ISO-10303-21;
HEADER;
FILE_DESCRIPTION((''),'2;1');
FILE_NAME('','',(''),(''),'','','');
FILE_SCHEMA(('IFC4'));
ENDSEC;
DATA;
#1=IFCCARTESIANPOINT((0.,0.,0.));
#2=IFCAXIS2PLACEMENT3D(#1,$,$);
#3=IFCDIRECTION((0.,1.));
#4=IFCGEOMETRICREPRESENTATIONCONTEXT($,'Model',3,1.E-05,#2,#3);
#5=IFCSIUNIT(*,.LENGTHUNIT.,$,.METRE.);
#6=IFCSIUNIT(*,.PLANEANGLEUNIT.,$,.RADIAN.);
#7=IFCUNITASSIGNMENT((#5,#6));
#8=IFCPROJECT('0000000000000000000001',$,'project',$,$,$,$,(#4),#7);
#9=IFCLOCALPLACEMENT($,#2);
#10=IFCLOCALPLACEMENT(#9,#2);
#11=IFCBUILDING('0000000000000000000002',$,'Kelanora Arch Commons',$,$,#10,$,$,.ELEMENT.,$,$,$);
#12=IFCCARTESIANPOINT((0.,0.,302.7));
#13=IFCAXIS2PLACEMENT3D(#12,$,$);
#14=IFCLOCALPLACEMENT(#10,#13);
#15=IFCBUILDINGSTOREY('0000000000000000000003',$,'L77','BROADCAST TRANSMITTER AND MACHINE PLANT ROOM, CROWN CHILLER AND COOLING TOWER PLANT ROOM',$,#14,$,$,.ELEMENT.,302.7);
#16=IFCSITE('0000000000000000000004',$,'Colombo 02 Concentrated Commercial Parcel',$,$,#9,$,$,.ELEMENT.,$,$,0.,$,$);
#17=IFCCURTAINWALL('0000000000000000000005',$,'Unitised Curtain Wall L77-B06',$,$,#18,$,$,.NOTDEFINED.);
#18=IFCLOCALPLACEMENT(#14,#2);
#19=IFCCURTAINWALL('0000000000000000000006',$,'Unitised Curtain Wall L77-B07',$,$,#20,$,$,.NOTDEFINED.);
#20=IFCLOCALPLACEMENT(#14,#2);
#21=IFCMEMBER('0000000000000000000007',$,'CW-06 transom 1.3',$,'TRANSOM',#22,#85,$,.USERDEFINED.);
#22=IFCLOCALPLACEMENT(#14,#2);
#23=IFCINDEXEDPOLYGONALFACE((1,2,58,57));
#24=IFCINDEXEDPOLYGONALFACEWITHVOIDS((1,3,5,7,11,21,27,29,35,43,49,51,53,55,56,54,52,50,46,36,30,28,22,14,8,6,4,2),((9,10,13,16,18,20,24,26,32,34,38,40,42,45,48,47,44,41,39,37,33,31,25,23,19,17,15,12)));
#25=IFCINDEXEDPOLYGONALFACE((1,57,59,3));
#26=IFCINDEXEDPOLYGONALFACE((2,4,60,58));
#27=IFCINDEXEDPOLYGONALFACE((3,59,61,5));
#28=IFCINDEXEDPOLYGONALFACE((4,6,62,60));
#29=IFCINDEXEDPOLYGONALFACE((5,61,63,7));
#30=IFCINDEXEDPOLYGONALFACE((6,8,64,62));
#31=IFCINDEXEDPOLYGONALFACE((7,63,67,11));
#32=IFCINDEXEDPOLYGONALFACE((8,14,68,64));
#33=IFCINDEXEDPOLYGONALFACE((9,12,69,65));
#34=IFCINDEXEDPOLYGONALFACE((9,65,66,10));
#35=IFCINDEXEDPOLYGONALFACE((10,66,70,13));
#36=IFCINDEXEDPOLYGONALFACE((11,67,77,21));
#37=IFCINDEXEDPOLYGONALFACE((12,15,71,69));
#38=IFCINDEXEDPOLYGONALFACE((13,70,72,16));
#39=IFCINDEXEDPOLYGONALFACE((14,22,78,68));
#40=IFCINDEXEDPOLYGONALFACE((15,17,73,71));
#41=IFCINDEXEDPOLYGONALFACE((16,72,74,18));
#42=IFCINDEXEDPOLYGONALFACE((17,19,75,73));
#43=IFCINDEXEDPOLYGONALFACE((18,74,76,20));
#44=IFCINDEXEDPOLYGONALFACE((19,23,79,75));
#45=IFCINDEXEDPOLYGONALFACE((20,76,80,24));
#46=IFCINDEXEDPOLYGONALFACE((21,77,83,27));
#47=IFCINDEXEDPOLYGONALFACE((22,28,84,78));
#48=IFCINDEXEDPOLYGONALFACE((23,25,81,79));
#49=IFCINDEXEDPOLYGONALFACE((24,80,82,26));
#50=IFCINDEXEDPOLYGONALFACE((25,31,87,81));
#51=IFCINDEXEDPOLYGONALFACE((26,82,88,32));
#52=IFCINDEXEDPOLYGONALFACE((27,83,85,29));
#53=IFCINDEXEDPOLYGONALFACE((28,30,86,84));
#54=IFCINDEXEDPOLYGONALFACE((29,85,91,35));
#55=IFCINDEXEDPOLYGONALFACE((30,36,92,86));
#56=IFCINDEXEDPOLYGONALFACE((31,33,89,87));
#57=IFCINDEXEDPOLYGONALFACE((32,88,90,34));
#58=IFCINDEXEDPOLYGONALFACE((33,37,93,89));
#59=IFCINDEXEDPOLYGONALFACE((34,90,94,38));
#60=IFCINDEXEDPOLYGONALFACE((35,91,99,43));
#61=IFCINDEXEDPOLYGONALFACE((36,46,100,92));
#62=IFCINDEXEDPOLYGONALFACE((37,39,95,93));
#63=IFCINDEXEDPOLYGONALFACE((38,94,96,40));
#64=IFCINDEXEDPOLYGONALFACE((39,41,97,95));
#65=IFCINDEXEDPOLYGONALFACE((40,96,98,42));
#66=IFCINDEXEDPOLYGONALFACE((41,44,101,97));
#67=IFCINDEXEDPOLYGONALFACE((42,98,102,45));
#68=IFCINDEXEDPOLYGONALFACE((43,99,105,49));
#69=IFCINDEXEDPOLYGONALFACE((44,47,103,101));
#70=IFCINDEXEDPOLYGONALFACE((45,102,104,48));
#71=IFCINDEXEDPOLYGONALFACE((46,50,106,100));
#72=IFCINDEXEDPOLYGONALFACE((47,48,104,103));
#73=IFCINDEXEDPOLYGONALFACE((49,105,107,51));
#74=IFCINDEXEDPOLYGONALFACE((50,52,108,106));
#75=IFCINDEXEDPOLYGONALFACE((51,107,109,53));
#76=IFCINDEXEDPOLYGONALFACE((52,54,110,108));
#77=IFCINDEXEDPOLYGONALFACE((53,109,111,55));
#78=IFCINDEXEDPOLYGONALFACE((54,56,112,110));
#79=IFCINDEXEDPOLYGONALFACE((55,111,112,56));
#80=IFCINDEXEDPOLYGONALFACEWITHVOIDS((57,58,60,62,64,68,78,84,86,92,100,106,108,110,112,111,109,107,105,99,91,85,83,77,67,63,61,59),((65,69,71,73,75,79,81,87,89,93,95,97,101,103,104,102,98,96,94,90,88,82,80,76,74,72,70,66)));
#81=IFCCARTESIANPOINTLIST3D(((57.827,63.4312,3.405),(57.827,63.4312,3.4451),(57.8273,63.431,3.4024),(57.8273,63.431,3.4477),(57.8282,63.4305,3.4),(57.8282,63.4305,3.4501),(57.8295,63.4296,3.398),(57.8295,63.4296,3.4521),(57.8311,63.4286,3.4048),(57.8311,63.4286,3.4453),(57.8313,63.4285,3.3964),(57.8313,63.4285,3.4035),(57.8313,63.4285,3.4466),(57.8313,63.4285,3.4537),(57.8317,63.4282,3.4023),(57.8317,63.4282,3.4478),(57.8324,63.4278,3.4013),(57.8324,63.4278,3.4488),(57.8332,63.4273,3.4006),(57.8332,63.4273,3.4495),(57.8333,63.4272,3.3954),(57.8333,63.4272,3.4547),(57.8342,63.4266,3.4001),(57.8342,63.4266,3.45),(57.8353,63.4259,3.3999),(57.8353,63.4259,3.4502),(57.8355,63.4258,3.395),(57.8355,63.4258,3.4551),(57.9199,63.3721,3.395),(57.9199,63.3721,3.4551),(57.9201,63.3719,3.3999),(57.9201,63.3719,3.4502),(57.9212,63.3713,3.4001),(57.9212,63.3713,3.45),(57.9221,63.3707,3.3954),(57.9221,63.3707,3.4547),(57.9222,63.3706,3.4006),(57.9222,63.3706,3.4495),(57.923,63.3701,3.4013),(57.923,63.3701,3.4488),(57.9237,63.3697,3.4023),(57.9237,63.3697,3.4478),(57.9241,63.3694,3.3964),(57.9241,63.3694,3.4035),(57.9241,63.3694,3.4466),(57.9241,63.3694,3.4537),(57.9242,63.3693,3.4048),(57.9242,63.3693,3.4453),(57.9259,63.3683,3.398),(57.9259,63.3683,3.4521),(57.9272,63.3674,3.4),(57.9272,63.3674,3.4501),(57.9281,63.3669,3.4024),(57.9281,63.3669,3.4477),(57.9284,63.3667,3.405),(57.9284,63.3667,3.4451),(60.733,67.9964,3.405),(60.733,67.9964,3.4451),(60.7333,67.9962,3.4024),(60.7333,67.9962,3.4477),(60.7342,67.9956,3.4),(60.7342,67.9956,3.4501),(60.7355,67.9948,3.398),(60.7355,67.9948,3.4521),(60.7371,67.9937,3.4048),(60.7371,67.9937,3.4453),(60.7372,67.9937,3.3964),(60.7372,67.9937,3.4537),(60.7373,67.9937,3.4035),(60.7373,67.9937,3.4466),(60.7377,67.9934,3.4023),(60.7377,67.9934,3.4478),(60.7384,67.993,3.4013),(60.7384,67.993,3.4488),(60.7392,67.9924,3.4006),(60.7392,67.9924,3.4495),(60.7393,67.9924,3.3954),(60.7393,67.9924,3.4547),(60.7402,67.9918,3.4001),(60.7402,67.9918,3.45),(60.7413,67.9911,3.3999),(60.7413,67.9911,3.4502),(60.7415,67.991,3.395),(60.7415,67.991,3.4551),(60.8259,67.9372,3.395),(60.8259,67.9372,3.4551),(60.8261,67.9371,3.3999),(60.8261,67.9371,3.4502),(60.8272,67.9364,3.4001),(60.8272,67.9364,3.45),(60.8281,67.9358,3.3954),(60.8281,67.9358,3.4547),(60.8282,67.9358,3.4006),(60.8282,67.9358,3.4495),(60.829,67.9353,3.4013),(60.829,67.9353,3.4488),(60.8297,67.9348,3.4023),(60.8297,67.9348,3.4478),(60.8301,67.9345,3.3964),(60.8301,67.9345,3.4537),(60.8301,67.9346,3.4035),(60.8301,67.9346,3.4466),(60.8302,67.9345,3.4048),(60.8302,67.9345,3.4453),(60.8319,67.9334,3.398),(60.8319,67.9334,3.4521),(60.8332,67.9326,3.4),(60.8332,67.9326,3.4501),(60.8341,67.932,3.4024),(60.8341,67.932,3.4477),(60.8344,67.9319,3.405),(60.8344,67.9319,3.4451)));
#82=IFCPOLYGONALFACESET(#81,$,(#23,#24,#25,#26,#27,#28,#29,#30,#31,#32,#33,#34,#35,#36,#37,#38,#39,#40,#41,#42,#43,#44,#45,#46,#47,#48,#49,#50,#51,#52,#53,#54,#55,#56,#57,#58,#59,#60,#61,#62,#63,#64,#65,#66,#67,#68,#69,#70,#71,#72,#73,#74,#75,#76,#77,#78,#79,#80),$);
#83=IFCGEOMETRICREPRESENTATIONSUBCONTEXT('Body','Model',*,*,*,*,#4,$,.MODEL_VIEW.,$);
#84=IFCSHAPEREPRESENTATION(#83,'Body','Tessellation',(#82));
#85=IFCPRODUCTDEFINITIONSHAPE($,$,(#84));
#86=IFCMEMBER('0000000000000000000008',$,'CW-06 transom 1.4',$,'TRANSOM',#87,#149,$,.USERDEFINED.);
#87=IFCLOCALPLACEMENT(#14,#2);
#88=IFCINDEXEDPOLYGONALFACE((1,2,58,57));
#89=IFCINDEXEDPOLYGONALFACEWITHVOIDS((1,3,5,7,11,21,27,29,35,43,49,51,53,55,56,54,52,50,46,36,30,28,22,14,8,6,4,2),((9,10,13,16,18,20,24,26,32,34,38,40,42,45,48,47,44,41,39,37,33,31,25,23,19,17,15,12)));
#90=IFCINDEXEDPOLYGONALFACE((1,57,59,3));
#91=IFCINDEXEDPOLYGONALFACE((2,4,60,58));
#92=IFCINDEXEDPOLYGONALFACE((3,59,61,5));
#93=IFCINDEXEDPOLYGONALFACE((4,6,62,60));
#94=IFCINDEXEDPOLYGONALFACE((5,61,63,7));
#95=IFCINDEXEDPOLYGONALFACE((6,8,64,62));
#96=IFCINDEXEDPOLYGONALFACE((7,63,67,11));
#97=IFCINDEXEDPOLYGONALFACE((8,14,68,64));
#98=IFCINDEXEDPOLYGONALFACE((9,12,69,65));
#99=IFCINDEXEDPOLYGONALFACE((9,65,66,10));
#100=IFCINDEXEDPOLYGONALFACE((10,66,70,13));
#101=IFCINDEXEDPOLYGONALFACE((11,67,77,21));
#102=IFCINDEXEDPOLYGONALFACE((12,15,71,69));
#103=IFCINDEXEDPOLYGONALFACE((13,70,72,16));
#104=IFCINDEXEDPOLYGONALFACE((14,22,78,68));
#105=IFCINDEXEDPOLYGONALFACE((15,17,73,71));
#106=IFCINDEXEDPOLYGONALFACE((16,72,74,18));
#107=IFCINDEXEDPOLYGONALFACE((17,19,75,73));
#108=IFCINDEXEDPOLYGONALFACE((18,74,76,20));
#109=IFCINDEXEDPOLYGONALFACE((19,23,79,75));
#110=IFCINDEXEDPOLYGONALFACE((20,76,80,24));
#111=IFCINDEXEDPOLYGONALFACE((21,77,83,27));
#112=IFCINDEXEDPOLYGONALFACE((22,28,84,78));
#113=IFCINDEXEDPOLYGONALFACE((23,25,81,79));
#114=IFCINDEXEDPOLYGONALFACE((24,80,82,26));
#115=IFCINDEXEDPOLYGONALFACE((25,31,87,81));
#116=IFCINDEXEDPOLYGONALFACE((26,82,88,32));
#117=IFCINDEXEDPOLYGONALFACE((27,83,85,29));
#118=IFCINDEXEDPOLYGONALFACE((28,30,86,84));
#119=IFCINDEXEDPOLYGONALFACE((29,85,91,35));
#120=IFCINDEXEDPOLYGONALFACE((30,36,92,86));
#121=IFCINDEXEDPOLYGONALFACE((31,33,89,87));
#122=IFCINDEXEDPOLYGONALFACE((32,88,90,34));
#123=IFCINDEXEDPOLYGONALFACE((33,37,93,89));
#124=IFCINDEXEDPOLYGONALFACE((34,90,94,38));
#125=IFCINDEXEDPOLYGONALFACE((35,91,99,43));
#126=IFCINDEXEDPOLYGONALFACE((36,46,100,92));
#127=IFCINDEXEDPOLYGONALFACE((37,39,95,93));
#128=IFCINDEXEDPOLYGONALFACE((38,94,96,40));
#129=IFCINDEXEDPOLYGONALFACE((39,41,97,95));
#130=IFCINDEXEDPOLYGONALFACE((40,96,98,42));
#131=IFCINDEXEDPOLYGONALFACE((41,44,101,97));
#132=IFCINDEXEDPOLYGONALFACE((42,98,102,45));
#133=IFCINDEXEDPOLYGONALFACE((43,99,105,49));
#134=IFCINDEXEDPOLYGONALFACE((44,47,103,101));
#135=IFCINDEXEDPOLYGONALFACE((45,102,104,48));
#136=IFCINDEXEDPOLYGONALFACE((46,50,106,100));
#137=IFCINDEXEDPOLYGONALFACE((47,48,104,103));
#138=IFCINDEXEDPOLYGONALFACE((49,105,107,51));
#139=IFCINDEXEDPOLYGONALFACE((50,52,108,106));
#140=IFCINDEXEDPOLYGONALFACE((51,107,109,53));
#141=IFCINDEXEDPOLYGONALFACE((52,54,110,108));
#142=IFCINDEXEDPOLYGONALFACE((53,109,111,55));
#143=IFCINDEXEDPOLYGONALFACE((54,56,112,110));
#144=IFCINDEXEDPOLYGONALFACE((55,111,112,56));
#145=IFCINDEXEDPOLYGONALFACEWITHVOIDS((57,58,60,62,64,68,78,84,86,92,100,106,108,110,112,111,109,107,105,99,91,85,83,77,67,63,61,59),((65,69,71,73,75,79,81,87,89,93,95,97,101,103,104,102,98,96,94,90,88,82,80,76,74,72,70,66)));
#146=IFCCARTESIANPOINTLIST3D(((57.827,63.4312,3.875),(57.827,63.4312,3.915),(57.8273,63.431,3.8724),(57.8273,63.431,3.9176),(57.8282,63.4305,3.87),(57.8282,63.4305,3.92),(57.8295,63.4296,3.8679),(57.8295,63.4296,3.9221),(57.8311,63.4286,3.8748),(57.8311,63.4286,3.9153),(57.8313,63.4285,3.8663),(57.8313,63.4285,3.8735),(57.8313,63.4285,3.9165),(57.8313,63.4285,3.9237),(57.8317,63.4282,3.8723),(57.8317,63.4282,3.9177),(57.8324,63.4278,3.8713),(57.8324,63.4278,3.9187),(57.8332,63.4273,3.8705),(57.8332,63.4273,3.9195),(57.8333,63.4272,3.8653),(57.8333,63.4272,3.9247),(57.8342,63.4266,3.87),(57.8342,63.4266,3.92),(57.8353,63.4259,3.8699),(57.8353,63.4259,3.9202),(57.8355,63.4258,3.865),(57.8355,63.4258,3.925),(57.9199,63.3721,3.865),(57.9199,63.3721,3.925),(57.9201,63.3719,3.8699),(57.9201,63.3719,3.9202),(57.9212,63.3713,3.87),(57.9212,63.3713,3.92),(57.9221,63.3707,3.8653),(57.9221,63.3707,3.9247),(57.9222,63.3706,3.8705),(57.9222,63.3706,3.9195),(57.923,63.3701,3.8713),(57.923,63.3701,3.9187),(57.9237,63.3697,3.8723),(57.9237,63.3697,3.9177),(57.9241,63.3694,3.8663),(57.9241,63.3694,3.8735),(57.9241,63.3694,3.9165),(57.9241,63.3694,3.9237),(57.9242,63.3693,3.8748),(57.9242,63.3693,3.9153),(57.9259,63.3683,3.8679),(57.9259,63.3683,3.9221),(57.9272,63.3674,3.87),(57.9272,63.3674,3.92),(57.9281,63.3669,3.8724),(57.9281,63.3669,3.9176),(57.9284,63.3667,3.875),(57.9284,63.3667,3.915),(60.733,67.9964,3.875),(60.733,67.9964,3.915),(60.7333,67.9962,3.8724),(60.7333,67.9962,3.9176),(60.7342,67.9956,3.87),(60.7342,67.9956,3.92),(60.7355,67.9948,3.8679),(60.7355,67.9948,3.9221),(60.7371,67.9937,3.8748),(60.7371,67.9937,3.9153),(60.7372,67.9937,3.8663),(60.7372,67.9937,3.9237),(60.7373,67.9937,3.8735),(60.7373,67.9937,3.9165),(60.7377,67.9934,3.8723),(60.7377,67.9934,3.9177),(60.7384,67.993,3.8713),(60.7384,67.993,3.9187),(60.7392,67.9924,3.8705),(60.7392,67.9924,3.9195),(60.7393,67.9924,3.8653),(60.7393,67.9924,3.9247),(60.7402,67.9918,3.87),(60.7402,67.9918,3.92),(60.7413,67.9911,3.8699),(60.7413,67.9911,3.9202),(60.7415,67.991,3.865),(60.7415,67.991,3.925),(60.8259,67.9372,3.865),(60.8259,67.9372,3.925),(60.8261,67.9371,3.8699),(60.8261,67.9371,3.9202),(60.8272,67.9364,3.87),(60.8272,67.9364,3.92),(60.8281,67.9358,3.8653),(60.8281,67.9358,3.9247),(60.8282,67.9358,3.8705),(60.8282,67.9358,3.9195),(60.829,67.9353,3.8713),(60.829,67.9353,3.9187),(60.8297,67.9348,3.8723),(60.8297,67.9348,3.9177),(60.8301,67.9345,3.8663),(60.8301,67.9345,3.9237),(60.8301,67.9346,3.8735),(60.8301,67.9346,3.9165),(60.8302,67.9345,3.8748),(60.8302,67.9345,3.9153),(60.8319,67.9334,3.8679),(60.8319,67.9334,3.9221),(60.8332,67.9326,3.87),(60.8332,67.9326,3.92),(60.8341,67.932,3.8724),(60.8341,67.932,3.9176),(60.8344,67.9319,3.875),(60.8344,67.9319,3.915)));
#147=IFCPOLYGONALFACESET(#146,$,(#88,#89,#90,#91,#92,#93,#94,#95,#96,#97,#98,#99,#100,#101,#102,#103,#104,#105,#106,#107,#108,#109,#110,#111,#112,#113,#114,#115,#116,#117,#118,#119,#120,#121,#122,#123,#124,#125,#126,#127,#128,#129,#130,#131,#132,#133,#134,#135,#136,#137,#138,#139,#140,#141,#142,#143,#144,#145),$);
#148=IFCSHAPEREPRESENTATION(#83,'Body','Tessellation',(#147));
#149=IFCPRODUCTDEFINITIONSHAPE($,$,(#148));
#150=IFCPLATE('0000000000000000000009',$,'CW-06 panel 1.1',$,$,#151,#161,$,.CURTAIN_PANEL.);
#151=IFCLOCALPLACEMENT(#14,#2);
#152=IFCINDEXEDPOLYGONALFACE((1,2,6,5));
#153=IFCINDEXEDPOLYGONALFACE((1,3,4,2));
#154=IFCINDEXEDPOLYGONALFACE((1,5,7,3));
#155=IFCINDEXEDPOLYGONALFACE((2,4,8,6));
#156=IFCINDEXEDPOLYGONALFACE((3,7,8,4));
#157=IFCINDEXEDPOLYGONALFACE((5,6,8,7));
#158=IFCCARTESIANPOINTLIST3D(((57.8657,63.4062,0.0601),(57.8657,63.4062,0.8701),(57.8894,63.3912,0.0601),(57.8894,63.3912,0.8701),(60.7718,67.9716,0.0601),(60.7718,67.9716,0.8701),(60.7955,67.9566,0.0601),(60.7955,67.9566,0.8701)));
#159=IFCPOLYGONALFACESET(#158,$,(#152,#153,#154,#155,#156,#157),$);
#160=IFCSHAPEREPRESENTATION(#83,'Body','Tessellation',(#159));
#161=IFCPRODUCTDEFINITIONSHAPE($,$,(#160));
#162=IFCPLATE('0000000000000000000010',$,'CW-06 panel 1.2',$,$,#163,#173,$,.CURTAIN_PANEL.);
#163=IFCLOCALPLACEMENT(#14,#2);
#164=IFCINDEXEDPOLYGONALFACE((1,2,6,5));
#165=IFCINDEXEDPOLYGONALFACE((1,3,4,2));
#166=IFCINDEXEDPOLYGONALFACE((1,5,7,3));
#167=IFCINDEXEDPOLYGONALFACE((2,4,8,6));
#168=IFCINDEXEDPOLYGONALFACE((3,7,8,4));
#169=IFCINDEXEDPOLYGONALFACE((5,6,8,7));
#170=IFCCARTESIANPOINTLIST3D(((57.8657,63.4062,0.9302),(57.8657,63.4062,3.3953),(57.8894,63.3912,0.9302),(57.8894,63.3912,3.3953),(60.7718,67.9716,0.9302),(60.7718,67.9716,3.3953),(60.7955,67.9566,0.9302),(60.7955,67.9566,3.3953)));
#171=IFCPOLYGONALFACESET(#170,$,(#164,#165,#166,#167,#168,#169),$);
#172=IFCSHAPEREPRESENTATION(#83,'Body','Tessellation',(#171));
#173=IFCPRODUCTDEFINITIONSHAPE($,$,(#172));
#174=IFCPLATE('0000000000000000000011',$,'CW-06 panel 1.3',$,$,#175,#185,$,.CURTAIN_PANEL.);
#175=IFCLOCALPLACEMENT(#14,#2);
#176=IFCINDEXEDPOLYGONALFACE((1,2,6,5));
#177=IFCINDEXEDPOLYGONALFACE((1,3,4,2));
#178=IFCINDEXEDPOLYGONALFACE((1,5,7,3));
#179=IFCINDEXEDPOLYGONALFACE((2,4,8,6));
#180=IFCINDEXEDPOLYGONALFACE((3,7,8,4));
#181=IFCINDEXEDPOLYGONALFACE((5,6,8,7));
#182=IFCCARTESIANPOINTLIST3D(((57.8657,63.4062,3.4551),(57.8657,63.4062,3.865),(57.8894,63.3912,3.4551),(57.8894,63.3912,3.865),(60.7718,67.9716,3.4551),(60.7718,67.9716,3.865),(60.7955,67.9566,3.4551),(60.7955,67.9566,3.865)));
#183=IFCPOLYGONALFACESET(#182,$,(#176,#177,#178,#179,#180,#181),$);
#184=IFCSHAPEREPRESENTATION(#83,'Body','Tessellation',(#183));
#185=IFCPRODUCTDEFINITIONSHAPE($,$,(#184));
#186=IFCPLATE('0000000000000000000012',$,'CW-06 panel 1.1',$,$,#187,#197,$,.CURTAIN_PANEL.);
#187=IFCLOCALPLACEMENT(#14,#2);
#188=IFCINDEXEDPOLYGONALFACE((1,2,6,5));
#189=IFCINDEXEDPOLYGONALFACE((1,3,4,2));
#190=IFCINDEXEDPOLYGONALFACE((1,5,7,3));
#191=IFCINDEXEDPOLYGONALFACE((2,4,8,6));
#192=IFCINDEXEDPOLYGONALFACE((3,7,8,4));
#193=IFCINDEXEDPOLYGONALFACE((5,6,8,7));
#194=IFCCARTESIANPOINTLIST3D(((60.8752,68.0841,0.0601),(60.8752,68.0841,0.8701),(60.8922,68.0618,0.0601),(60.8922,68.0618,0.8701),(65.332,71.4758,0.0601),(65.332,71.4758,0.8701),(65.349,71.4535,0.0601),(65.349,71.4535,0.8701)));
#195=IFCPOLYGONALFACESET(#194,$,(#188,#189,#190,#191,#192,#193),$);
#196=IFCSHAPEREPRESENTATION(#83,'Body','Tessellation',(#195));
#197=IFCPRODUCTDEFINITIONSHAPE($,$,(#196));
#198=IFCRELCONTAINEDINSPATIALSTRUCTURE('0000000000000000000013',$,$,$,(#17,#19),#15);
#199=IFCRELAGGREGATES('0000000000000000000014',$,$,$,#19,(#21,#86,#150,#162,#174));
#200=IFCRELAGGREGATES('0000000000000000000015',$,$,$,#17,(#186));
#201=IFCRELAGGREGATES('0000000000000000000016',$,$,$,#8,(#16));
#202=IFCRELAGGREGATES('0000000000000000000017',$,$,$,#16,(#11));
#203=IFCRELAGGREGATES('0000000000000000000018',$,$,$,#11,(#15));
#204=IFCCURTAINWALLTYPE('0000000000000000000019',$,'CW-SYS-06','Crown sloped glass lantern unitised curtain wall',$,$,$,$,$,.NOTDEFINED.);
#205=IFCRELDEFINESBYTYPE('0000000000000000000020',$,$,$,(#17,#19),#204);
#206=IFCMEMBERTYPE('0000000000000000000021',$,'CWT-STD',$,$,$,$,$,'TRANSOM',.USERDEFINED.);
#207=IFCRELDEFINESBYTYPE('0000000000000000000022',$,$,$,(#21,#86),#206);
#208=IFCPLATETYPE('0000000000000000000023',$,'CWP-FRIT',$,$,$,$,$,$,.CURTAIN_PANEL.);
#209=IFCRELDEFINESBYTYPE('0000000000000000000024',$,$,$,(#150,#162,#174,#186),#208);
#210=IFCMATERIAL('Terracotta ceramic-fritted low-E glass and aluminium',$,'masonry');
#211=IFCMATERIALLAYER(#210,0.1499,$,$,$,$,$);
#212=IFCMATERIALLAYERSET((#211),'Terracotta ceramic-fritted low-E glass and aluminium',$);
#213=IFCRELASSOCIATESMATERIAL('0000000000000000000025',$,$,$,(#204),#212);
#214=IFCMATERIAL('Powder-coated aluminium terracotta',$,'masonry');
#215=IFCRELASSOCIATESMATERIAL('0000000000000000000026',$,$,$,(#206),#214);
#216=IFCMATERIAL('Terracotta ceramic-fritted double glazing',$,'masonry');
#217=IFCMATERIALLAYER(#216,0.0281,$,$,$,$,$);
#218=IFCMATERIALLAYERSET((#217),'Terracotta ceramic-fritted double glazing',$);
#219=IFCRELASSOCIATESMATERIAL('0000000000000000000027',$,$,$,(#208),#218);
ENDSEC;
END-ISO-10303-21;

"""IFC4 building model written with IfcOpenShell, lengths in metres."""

from ifc_helpers import new_model, si_unit, direction, frame, origin, origin_2d, place, context, subcontext, project, spatial, rectangle, hollow_rectangle, extrude, source, transform, mapped, material, layer, layer_set, material_profile, profile_set, type_object, element, aggregate, save


model = new_model("IFC4")

# Units and contexts
model_context = context("Model", 3, precision=1e-05, world=origin(), true_north=direction((0.0, 1.0)))
body_context = subcontext(model_context, "Body", "Model", "MODEL_VIEW")
ifc_project = project(units=[si_unit("LENGTHUNIT", "METRE"), si_unit("PLANEANGLEUNIT", "RADIAN")], contexts=[model_context])

# Site, building, storey
site_placement = place(None, origin())
site = spatial("IfcSite", under=ifc_project, at=site_placement, Name="Colombo 02 Concentrated Commercial Parcel", CompositionType="ELEMENT", RefElevation=0.0)
building_placement = place(site_placement, origin())
building = spatial("IfcBuilding", under=site, at=building_placement, Name="Kelanora Arch Commons", CompositionType="ELEMENT")
storey_placement = place(building_placement, frame((0.0, 0.0, 302.7)))
storey = spatial("IfcBuildingStorey", under=building, at=storey_placement, Name="L77", Description="BROADCAST TRANSMITTER AND MACHINE PLANT ROOM, CROWN CHILLER AND COOLING TOWER PLANT ROOM", CompositionType="ELEMENT", Elevation=302.7)

# Shared definitions
ifc_material_1 = material(Name="Terracotta ceramic-fritted low-E glass and aluminium", Category="masonry")
ifc_layer_1 = layer(ifc_material_1, 0.1499)
ifc_layer_set_1 = layer_set([ifc_layer_1], Name="Terracotta ceramic-fritted low-E glass and aluminium")
curtain_wall_type = type_object("IfcCurtainWallType", Name="CW-SYS-06", Description="Crown sloped glass lantern unitised curtain wall", PredefinedType="NOTDEFINED", material=ifc_layer_set_1)
ifc_material_2 = material(Name="Powder-coated aluminium terracotta", Category="masonry")

# Curtain wall
curtain_wall_1_placement = place(storey_placement, origin())
curtain_wall_1 = element("IfcCurtainWall", 1, at=curtain_wall_1_placement, inside=storey, type_object=curtain_wall_type, Name="Unitised Curtain Wall L77-B06", PredefinedType="NOTDEFINED")

# Curtain wall
curtain_wall_2_placement = place(storey_placement, origin())
curtain_wall_2 = element("IfcCurtainWall", 2, at=curtain_wall_2_placement, inside=storey, type_object=curtain_wall_type, Name="Unitised Curtain Wall L77-B07", PredefinedType="NOTDEFINED")

# Members
ifc_material_profile_1 = material_profile(ifc_material_2, hollow_rectangle(XDim=0.1201, YDim=0.0601, WallThickness=0.0049, InnerFilletRadius=0.0049, OuterFilletRadius=0.01, at=origin_2d()), Name="CWT120x60")
ifc_profile_set_1 = profile_set([ifc_material_profile_1], Name="Powder-coated aluminium terracotta")
member_type_1 = type_object("IfcMemberType", Name="CWT-STD", ElementType="TRANSOM", PredefinedType="USERDEFINED", material=ifc_profile_set_1)
member_1_placement = place(storey_placement, frame((60.7837, 67.9641, 3.425), z_axis=(-0.536992, -0.843587, 0.0), x_axis=(0.843587, -0.536992, 0.0)))
member_1 = element("IfcMember", 3, at=member_1_placement, type_object=member_type_1, Name="CW-06 transom 1.3", ObjectType="TRANSOM", PredefinedType="USERDEFINED", context=body_context, shape_type="SweptSolid", body=[
    extrude(hollow_rectangle(XDim=0.1201, YDim=0.0601, WallThickness=0.0049, InnerFilletRadius=0.0049, OuterFilletRadius=0.01, at=origin_2d()), origin(), (0.0, 0.0, 1.0), 5.4116),
])
member_2_placement = place(storey_placement, frame((60.7837, 67.9641, 3.895), z_axis=(-0.536992, -0.843587, 0.0), x_axis=(0.843587, -0.536992, 0.0)))
member_2 = element("IfcMember", 4, at=member_2_placement, type_object=member_type_1, Name="CW-06 transom 1.4", ObjectType="TRANSOM", PredefinedType="USERDEFINED", context=body_context, shape_type="SweptSolid", body=[
    extrude(hollow_rectangle(XDim=0.1201, YDim=0.0601, WallThickness=0.0049, InnerFilletRadius=0.0049, OuterFilletRadius=0.01, at=origin_2d()), origin(), (0.0, 0.0, 1.0), 5.4116),
])

# Plates
ifc_material_3 = material(Name="Terracotta ceramic-fritted double glazing", Category="masonry")
ifc_layer_2 = layer(ifc_material_3, 0.0281)
ifc_layer_set_2 = layer_set([ifc_layer_2], Name="Terracotta ceramic-fritted double glazing")
plate_type = type_object("IfcPlateType", Name="CWP-FRIT", PredefinedType="CURTAIN_PANEL", material=ifc_layer_set_2)
shared_shape_1 = source(origin(), body_context, "Body", "SweptSolid", [
    extrude(rectangle(XDim=5.4119, YDim=0.0281, at=origin_2d()), origin(), (0.0, 0.0, 1.0), 0.8101),
])
plate_1_placement = place(storey_placement, frame((59.3306, 65.6814, 0.0601), z_axis=(0.0, 0.0, 1.0), x_axis=(-0.536984, -0.843592, 0.0)))
plate_1 = element("IfcPlate", 5, at=plate_1_placement, type_object=plate_type, Name="CW-06 panel 1.1", PredefinedType="CURTAIN_PANEL", context=body_context, shape_type="MappedRepresentation", body=[
    mapped(shared_shape_1, transform((0.0, 0.0, 0.0), scale=1.0)),
])
shared_shape_2 = source(origin(), body_context, "Body", "SweptSolid", [
    extrude(rectangle(XDim=5.4119, YDim=0.0281, at=origin_2d()), origin(), (0.0, 0.0, 1.0), 2.4651),
])
plate_2_placement = place(storey_placement, frame((59.3306, 65.6814, 0.9302), z_axis=(0.0, 0.0, 1.0), x_axis=(-0.536984, -0.843592, 0.0)))
plate_2 = element("IfcPlate", 6, at=plate_2_placement, type_object=plate_type, Name="CW-06 panel 1.2", PredefinedType="CURTAIN_PANEL", context=body_context, shape_type="MappedRepresentation", body=[
    mapped(shared_shape_2, transform((0.0, 0.0, 0.0), scale=1.0)),
])
shared_shape_3 = source(origin(), body_context, "Body", "SweptSolid", [
    extrude(rectangle(XDim=5.4119, YDim=0.0281, at=origin_2d()), origin(), (0.0, 0.0, 1.0), 0.4099),
])
plate_3_placement = place(storey_placement, frame((59.3306, 65.6814, 3.4551), z_axis=(0.0, 0.0, 1.0), x_axis=(-0.536984, -0.843592, 0.0)))
plate_3 = element("IfcPlate", 7, at=plate_3_placement, type_object=plate_type, Name="CW-06 panel 1.3", PredefinedType="CURTAIN_PANEL", context=body_context, shape_type="MappedRepresentation", body=[
    mapped(shared_shape_3, transform((0.0, 0.0, 0.0), scale=1.0)),
])
aggregate(curtain_wall_2, [member_1, member_2, plate_1, plate_2, plate_3])
shared_shape_4 = source(origin(), body_context, "Body", "SweptSolid", [
    extrude(rectangle(XDim=5.6006, YDim=0.0281, at=origin_2d()), origin(), (0.0, 0.0, 1.0), 0.8101),
])
plate_4_placement = place(storey_placement, frame((63.1121, 69.7688, 0.0601), z_axis=(0.0, 0.0, 1.0), x_axis=(-0.795772, -0.605596, 0.0)))
plate_4 = element("IfcPlate", 8, at=plate_4_placement, type_object=plate_type, Name="CW-06 panel 1.1", PredefinedType="CURTAIN_PANEL", context=body_context, shape_type="MappedRepresentation", body=[
    mapped(shared_shape_4, transform((0.0, 0.0, 0.0), scale=1.0)),
])
aggregate(curtain_wall_1, [plate_4])

save(model, "model.ifc")
